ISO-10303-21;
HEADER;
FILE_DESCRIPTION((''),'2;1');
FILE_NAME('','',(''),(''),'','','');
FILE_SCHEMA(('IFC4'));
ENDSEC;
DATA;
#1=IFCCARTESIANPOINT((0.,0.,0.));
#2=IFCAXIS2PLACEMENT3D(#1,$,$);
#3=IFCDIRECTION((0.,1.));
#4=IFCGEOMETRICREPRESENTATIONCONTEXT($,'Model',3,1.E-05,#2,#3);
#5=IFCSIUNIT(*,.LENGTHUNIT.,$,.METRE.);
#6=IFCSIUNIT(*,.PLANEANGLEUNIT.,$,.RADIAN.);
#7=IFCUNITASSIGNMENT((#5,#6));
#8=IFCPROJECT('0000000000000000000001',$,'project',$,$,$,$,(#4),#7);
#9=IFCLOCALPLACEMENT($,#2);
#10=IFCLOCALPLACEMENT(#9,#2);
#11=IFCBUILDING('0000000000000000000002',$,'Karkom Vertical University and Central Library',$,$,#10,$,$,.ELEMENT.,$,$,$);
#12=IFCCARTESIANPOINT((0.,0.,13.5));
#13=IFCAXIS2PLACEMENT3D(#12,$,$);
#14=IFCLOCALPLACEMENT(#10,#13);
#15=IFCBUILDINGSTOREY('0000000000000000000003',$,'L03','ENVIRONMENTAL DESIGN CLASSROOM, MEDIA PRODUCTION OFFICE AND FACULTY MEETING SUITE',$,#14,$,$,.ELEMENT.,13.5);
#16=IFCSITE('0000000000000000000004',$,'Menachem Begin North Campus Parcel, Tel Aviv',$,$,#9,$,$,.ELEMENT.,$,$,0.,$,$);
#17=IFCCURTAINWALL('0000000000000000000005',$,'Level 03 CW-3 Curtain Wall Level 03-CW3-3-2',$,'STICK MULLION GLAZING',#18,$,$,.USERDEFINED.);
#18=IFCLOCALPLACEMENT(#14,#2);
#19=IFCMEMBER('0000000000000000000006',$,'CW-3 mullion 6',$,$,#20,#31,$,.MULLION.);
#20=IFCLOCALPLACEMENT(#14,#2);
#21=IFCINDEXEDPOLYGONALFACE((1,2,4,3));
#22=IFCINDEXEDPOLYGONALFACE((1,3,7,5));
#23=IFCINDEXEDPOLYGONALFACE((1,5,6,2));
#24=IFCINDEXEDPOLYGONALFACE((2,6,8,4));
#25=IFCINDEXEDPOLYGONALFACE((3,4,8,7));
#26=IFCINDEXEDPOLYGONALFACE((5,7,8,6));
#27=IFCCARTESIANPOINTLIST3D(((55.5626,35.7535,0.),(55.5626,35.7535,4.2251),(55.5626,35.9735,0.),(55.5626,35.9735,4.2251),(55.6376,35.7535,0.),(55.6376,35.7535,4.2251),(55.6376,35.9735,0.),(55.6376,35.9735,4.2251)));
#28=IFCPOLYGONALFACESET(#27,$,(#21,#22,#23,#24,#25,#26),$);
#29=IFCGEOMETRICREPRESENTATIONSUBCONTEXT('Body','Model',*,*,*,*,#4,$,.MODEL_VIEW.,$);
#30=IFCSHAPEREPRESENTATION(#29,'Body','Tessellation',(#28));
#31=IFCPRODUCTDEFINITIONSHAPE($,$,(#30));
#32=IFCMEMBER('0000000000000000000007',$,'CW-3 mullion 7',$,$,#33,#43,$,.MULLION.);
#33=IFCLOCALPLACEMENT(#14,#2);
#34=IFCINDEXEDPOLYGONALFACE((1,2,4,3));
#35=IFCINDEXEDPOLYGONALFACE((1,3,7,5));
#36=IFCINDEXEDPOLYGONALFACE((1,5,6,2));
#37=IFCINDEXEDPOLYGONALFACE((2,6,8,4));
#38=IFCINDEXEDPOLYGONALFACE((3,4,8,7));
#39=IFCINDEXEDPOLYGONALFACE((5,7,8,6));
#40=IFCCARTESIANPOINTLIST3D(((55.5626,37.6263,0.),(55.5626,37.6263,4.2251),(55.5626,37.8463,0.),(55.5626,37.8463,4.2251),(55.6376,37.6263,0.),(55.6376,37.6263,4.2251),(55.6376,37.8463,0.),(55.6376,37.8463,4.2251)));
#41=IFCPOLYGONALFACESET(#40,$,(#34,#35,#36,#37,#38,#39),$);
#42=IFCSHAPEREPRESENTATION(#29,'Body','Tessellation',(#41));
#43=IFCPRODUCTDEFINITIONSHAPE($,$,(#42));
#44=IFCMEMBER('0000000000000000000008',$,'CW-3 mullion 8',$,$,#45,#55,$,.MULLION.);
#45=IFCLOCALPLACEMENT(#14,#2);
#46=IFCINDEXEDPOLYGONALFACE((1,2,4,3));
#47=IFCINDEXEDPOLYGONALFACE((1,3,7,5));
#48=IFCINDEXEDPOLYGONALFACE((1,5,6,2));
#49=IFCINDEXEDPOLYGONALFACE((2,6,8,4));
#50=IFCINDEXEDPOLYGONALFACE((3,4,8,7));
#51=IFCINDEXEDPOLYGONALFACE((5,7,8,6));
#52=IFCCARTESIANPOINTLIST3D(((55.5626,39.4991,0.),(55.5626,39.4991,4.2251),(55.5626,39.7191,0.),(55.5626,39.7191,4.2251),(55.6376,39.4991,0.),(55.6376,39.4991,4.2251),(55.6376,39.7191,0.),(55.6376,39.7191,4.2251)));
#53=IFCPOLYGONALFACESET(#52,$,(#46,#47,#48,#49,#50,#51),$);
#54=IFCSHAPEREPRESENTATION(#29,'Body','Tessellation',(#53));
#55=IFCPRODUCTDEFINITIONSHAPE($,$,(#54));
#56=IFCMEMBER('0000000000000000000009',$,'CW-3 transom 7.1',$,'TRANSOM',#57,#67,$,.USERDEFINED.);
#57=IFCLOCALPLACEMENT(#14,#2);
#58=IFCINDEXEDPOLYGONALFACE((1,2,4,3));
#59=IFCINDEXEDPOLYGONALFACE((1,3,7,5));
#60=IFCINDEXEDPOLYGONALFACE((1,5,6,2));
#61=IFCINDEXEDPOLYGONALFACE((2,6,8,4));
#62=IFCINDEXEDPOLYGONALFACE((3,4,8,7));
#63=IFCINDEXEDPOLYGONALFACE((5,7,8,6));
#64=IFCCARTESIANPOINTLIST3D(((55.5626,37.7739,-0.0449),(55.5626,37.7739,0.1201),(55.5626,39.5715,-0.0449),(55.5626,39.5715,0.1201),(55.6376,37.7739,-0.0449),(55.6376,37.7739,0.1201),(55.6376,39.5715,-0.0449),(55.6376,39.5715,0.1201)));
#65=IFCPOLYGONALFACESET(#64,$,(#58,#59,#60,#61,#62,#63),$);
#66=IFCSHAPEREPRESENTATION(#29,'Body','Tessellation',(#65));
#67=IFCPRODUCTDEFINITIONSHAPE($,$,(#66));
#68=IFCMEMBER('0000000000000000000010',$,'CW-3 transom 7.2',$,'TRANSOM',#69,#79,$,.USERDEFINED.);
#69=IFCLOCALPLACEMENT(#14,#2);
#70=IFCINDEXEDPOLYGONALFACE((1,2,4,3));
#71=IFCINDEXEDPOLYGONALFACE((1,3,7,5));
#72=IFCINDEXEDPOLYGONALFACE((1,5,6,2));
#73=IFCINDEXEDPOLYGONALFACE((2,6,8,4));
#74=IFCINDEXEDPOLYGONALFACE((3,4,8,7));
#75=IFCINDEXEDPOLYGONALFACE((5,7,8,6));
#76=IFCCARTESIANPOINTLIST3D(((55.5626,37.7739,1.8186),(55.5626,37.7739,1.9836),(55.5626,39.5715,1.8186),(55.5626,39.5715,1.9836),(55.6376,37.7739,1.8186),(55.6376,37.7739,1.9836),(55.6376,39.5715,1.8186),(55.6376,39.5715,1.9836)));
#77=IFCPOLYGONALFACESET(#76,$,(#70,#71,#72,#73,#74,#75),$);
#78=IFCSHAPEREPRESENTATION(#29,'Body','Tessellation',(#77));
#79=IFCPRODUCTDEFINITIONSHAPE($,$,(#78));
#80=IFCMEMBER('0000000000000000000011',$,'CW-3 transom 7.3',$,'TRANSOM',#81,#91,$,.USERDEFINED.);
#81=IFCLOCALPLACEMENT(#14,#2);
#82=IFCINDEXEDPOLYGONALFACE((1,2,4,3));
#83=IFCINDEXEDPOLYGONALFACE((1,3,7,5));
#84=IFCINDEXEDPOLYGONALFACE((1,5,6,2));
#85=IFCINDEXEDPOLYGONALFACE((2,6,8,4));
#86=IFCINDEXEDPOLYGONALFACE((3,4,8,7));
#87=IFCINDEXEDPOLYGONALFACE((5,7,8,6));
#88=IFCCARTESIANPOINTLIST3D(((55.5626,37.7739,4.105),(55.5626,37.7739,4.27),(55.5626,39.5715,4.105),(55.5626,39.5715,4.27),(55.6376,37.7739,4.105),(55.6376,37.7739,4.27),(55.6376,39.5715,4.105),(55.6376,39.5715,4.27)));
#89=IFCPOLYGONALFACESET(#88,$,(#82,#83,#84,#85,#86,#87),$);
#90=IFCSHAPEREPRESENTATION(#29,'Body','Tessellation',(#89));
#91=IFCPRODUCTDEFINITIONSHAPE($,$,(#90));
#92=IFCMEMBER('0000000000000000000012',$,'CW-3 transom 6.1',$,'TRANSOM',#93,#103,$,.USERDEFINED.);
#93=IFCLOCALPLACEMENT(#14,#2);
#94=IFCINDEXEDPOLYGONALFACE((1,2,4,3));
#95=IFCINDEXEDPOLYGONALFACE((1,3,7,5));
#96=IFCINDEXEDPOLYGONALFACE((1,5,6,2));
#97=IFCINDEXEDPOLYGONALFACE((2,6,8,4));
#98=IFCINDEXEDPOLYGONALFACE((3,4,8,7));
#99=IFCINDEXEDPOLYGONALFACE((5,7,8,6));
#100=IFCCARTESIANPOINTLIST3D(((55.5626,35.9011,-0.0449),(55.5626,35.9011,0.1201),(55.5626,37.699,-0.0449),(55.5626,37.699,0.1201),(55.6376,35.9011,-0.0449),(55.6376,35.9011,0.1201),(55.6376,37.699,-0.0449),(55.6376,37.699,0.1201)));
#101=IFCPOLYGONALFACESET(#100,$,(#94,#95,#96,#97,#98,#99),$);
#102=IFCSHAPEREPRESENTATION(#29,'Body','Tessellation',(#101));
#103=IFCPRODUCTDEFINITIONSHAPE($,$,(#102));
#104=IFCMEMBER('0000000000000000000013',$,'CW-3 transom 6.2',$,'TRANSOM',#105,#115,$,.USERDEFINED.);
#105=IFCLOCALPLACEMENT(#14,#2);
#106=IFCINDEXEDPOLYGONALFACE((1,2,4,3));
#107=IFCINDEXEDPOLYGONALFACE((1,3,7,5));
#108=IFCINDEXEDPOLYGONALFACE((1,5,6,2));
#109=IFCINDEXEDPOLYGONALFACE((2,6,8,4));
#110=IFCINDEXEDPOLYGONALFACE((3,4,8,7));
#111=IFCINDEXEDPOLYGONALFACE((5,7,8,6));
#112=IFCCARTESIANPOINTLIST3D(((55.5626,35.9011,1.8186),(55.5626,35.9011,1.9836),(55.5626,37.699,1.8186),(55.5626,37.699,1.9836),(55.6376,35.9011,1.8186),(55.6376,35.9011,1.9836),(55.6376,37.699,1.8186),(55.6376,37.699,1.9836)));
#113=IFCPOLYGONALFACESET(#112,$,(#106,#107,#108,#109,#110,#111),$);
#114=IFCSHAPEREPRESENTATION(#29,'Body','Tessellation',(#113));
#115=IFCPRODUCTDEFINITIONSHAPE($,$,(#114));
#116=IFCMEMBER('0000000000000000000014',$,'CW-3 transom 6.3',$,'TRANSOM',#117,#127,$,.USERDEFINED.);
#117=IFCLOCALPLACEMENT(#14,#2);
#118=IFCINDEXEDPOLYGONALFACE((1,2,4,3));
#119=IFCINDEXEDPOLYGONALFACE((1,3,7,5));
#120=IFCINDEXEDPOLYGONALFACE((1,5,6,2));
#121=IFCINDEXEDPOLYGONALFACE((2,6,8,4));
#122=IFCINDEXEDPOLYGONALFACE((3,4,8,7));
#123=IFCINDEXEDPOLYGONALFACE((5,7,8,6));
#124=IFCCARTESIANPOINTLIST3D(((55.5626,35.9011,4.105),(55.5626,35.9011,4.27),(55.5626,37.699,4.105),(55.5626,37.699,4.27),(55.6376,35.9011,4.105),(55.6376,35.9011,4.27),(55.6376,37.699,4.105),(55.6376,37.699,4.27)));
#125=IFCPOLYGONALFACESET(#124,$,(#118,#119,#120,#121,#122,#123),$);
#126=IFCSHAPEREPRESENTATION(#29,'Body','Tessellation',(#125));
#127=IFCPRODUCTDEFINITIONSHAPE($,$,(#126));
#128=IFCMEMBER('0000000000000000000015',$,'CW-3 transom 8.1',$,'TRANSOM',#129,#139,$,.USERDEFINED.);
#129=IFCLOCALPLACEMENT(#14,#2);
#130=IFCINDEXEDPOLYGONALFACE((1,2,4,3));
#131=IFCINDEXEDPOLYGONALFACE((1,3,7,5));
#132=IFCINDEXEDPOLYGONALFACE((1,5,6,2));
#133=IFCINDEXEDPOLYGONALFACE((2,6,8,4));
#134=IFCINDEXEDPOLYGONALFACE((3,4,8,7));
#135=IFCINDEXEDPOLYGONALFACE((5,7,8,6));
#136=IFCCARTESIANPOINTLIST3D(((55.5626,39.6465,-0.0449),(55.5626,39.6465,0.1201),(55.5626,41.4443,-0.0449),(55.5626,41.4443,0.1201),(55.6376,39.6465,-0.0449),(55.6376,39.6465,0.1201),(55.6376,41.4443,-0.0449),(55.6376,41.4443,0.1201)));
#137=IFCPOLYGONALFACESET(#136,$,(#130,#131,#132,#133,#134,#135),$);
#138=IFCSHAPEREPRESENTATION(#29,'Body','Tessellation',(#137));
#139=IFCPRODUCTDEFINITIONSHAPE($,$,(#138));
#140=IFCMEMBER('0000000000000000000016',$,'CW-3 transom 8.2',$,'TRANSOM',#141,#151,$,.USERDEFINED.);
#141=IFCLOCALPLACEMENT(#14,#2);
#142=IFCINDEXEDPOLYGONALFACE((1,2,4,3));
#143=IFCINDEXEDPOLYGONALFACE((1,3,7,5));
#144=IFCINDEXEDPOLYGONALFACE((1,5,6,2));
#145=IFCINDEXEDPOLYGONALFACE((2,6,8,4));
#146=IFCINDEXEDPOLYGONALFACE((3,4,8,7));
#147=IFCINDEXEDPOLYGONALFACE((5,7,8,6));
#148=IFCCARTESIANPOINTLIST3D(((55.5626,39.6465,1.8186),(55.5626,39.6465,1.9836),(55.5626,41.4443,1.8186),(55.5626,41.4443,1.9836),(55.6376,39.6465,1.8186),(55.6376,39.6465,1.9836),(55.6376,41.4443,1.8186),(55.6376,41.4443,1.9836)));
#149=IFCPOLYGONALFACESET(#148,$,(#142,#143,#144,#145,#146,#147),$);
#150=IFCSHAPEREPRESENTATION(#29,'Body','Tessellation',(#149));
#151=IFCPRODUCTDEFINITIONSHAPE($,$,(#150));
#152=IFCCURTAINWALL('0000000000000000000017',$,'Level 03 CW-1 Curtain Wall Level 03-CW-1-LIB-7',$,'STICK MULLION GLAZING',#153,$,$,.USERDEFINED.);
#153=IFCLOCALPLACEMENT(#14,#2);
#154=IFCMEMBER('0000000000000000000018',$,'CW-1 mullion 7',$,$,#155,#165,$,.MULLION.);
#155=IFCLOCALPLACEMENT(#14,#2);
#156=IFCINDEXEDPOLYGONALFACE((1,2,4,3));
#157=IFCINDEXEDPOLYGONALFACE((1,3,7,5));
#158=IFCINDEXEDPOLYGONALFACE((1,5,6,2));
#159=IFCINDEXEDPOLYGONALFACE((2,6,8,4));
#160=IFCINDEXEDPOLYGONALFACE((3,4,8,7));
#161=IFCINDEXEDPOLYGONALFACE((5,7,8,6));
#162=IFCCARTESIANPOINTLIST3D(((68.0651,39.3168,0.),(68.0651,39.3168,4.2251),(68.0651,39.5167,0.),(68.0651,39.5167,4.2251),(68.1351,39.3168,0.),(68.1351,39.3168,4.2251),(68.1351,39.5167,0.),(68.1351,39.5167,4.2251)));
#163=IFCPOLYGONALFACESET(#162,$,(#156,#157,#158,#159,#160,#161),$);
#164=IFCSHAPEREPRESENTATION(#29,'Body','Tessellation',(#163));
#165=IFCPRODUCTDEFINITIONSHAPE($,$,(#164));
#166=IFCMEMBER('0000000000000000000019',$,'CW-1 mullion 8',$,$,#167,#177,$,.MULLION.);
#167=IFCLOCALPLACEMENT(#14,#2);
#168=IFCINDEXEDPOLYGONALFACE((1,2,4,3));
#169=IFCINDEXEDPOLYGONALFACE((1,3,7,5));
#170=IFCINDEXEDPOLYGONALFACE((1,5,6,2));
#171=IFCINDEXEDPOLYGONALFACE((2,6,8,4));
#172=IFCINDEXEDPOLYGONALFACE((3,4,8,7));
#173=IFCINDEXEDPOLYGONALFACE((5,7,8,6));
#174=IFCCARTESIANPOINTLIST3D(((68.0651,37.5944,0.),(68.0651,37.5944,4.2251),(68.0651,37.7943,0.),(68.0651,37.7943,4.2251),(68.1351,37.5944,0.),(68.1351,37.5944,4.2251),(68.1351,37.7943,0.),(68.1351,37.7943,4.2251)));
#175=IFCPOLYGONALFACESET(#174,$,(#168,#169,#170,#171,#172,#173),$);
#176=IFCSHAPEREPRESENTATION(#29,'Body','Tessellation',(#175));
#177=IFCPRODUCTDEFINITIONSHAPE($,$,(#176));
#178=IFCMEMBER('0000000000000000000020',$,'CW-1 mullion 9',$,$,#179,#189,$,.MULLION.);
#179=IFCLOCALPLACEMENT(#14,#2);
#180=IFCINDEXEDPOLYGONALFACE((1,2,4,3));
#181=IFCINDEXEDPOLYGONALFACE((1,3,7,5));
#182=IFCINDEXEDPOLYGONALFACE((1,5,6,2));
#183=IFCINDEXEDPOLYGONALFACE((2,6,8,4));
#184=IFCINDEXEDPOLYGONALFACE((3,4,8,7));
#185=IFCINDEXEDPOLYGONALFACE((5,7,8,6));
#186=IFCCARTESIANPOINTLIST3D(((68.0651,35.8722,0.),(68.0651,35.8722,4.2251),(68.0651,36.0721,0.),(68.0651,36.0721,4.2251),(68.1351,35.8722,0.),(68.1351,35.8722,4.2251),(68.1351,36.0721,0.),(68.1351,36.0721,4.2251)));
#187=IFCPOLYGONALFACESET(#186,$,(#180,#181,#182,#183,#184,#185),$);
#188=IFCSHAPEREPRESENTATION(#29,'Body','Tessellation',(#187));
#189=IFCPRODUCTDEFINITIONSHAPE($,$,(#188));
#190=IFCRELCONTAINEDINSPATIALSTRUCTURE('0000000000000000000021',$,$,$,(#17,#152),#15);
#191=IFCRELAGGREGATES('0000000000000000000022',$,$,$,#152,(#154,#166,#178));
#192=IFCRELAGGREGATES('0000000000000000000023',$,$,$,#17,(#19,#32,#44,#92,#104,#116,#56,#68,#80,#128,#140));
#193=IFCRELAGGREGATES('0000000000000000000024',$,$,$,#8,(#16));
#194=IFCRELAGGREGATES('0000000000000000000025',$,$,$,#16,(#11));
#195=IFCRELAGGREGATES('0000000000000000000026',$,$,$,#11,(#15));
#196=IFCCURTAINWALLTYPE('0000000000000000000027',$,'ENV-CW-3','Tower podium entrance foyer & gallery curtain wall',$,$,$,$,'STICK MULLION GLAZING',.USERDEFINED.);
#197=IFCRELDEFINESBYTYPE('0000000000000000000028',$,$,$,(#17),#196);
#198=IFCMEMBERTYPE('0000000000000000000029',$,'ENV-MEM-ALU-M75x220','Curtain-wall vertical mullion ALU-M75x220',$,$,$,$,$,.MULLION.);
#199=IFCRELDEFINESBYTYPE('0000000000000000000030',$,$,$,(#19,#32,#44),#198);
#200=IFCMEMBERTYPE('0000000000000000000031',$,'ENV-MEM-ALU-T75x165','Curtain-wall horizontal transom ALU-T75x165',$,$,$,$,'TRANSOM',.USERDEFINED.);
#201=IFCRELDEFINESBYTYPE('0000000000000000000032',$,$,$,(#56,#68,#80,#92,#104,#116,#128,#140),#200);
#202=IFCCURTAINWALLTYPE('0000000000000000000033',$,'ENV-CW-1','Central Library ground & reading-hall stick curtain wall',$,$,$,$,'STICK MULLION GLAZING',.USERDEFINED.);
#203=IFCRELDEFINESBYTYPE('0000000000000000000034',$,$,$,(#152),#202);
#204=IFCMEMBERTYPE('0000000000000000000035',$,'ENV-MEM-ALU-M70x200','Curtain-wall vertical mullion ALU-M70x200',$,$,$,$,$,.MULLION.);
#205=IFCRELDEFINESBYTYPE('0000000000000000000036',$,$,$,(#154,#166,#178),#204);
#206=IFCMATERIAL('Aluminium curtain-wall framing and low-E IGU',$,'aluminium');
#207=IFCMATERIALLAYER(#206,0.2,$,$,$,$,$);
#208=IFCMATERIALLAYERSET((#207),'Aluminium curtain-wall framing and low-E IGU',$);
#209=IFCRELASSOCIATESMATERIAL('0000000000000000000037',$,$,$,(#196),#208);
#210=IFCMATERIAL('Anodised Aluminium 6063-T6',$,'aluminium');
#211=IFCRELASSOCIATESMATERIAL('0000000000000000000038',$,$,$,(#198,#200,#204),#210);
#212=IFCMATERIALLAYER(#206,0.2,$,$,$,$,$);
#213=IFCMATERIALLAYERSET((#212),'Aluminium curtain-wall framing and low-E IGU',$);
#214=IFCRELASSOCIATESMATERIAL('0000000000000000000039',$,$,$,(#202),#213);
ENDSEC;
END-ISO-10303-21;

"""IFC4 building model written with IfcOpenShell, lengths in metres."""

from ifc_helpers import new_model, si_unit, direction, frame, origin, origin_with_axes, origin_2d, place, context, subcontext, project, spatial, rectangle, extrude, source, transform, mapped, material, layer, layer_set, material_profile, profile_set, type_object, element, aggregate, save


model = new_model("IFC4")

# Units and contexts
model_context = context("Model", 3, precision=1e-05, world=origin(), true_north=direction((0.0, 1.0)))
body_context = subcontext(model_context, "Body", "Model", "MODEL_VIEW")
ifc_project = project(units=[si_unit("LENGTHUNIT", "METRE"), si_unit("PLANEANGLEUNIT", "RADIAN")], contexts=[model_context])

# Site, building, storey
site_placement = place(None, origin())
site = spatial("IfcSite", under=ifc_project, at=site_placement, Name="Menachem Begin North Campus Parcel, Tel Aviv", CompositionType="ELEMENT", RefElevation=0.0)
building_placement = place(site_placement, origin())
building = spatial("IfcBuilding", under=site, at=building_placement, Name="Karkom Vertical University and Central Library", CompositionType="ELEMENT")
storey_placement = place(building_placement, frame((0.0, 0.0, 13.5)))
storey = spatial("IfcBuildingStorey", under=building, at=storey_placement, Name="L03", Description="ENVIRONMENTAL DESIGN CLASSROOM, MEDIA PRODUCTION OFFICE AND FACULTY MEETING SUITE", CompositionType="ELEMENT", Elevation=13.5)

# Curtain walls, members
ifc_material_1 = material(Name="Aluminium curtain-wall framing and low-E IGU", Category="aluminium")
ifc_layer_1 = layer(ifc_material_1, 0.2)
ifc_layer_set_1 = layer_set([ifc_layer_1], Name="Aluminium curtain-wall framing and low-E IGU")
curtain_wall_type_1 = type_object("IfcCurtainWallType", Name="ENV-CW-3", Description="Tower podium entrance foyer & gallery curtain wall", ElementType="STICK MULLION GLAZING", PredefinedType="USERDEFINED", material=ifc_layer_set_1)
curtain_wall_1_placement = place(storey_placement, origin())
curtain_wall_1 = element("IfcCurtainWall", 1, at=curtain_wall_1_placement, inside=storey, type_object=curtain_wall_type_1, Name="Level 03 CW-3 Curtain Wall Level 03-CW3-3-2", ObjectType="STICK MULLION GLAZING", PredefinedType="USERDEFINED")
ifc_material_2 = material(Name="Anodised Aluminium 6063-T6", Category="aluminium")
ifc_material_profile_1 = material_profile(ifc_material_2, rectangle(XDim=0.075, YDim=0.22, at=origin_2d()), Name="ALU-M75x220")
ifc_profile_set_1 = profile_set([ifc_material_profile_1], Name="Anodised Aluminium 6063-T6")
member_type_1 = type_object("IfcMemberType", Name="ENV-MEM-ALU-M75x220", Description="Curtain-wall vertical mullion ALU-M75x220", PredefinedType="MULLION", material=ifc_profile_set_1)
shared_shape_1 = source(origin_with_axes(), body_context, "Body", "SweptSolid", [
    extrude(rectangle(XDim=0.075, YDim=0.22, at=origin_2d()), origin(), (0.0, 0.0, 1.0), 4.2251),
])
member_1_placement = place(storey_placement, frame((55.6001, 35.8635, 0.0), z_axis=(0.0, 0.0, 1.0), x_axis=(-1.0, 0.0, 0.0)))
member_1 = element("IfcMember", 2, at=member_1_placement, type_object=member_type_1, Name="CW-3 mullion 6", PredefinedType="MULLION", context=body_context, shape_type="MappedRepresentation", body=[
    mapped(shared_shape_1, transform((0.0, 0.0, 0.0), scale=1.0)),
])
member_2_placement = place(storey_placement, frame((55.6001, 37.7363, 0.0), z_axis=(0.0, 0.0, 1.0), x_axis=(-1.0, 0.0, 0.0)))
member_2 = element("IfcMember", 3, at=member_2_placement, type_object=member_type_1, Name="CW-3 mullion 7", PredefinedType="MULLION", context=body_context, shape_type="MappedRepresentation", body=[
    mapped(shared_shape_1, transform((0.0, 0.0, 0.0), scale=1.0)),
])
member_3_placement = place(storey_placement, frame((55.6001, 39.6091, 0.0), z_axis=(0.0, 0.0, 1.0), x_axis=(-1.0, 0.0, 0.0)))
member_3 = element("IfcMember", 4, at=member_3_placement, type_object=member_type_1, Name="CW-3 mullion 8", PredefinedType="MULLION", context=body_context, shape_type="MappedRepresentation", body=[
    mapped(shared_shape_1, transform((0.0, 0.0, 0.0), scale=1.0)),
])
ifc_material_profile_2 = material_profile(ifc_material_2, rectangle(XDim=0.075, YDim=0.165, at=origin_2d()), Name="ALU-T75x165")
ifc_profile_set_2 = profile_set([ifc_material_profile_2], Name="Anodised Aluminium 6063-T6")
member_type_2 = type_object("IfcMemberType", Name="ENV-MEM-ALU-T75x165", Description="Curtain-wall horizontal transom ALU-T75x165", ElementType="TRANSOM", PredefinedType="USERDEFINED", material=ifc_profile_set_2)
shared_shape_2 = source(origin_with_axes(), body_context, "Body", "SweptSolid", [
    extrude(rectangle(XDim=0.075, YDim=0.165, at=origin_2d()), origin(), (0.0, 0.0, 1.0), 1.7976),
])
member_4_placement = place(storey_placement, frame((55.6001, 37.7739, 0.0376), z_axis=(0.0, 1.0, 0.0), x_axis=(-1.0, 0.0, 0.0)))
member_4 = element("IfcMember", 5, at=member_4_placement, type_object=member_type_2, Name="CW-3 transom 7.1", ObjectType="TRANSOM", PredefinedType="USERDEFINED", context=body_context, shape_type="MappedRepresentation", body=[
    mapped(shared_shape_2, transform((0.0, 0.0, 0.0), scale=1.0)),
])
member_5_placement = place(storey_placement, frame((55.6001, 37.7739, 1.9011), z_axis=(0.0, 1.0, 0.0), x_axis=(-1.0, 0.0, 0.0)))
member_5 = element("IfcMember", 6, at=member_5_placement, type_object=member_type_2, Name="CW-3 transom 7.2", ObjectType="TRANSOM", PredefinedType="USERDEFINED", context=body_context, shape_type="MappedRepresentation", body=[
    mapped(shared_shape_2, transform((0.0, 0.0, 0.0), scale=1.0)),
])
member_6_placement = place(storey_placement, frame((55.6001, 37.7739, 4.1875), z_axis=(0.0, 1.0, 0.0), x_axis=(-1.0, 0.0, 0.0)))
member_6 = element("IfcMember", 7, at=member_6_placement, type_object=member_type_2, Name="CW-3 transom 7.3", ObjectType="TRANSOM", PredefinedType="USERDEFINED", context=body_context, shape_type="MappedRepresentation", body=[
    mapped(shared_shape_2, transform((0.0, 0.0, 0.0), scale=1.0)),
])
shared_shape_3 = source(origin_with_axes(), body_context, "Body", "SweptSolid", [
    extrude(rectangle(XDim=0.075, YDim=0.165, at=origin_2d()), origin(), (0.0, 0.0, 1.0), 1.7979),
])
member_7_placement = place(storey_placement, frame((55.6001, 35.9011, 0.0376), z_axis=(0.0, 1.0, 0.0), x_axis=(-1.0, 0.0, 0.0)))
member_7 = element("IfcMember", 8, at=member_7_placement, type_object=member_type_2, Name="CW-3 transom 6.1", ObjectType="TRANSOM", PredefinedType="USERDEFINED", context=body_context, shape_type="MappedRepresentation", body=[
    mapped(shared_shape_3, transform((0.0, 0.0, 0.0), scale=1.0)),
])
member_8_placement = place(storey_placement, frame((55.6001, 35.9011, 1.9011), z_axis=(0.0, 1.0, 0.0), x_axis=(-1.0, 0.0, 0.0)))
member_8 = element("IfcMember", 9, at=member_8_placement, type_object=member_type_2, Name="CW-3 transom 6.2", ObjectType="TRANSOM", PredefinedType="USERDEFINED", context=body_context, shape_type="MappedRepresentation", body=[
    mapped(shared_shape_3, transform((0.0, 0.0, 0.0), scale=1.0)),
])
member_9_placement = place(storey_placement, frame((55.6001, 35.9011, 4.1875), z_axis=(0.0, 1.0, 0.0), x_axis=(-1.0, 0.0, 0.0)))
member_9 = element("IfcMember", 10, at=member_9_placement, type_object=member_type_2, Name="CW-3 transom 6.3", ObjectType="TRANSOM", PredefinedType="USERDEFINED", context=body_context, shape_type="MappedRepresentation", body=[
    mapped(shared_shape_3, transform((0.0, 0.0, 0.0), scale=1.0)),
])
member_10_placement = place(storey_placement, frame((55.6001, 39.6465, 0.0376), z_axis=(0.0, 1.0, 0.0), x_axis=(-1.0, 0.0, 0.0)))
member_10 = element("IfcMember", 11, at=member_10_placement, type_object=member_type_2, Name="CW-3 transom 8.1", ObjectType="TRANSOM", PredefinedType="USERDEFINED", context=body_context, shape_type="MappedRepresentation", body=[
    mapped(shared_shape_3, transform((0.0, 0.0, 0.0), scale=1.0)),
])
member_11_placement = place(storey_placement, frame((55.6001, 39.6465, 1.9011), z_axis=(0.0, 1.0, 0.0), x_axis=(-1.0, 0.0, 0.0)))
member_11 = element("IfcMember", 12, at=member_11_placement, type_object=member_type_2, Name="CW-3 transom 8.2", ObjectType="TRANSOM", PredefinedType="USERDEFINED", context=body_context, shape_type="MappedRepresentation", body=[
    mapped(shared_shape_3, transform((0.0, 0.0, 0.0), scale=1.0)),
])
ifc_layer_2 = layer(ifc_material_1, 0.2)
ifc_layer_set_2 = layer_set([ifc_layer_2], Name="Aluminium curtain-wall framing and low-E IGU")
curtain_wall_type_2 = type_object("IfcCurtainWallType", Name="ENV-CW-1", Description="Central Library ground & reading-hall stick curtain wall", ElementType="STICK MULLION GLAZING", PredefinedType="USERDEFINED", material=ifc_layer_set_2)
curtain_wall_2_placement = place(storey_placement, origin())
curtain_wall_2 = element("IfcCurtainWall", 13, at=curtain_wall_2_placement, inside=storey, type_object=curtain_wall_type_2, Name="Level 03 CW-1 Curtain Wall Level 03-CW-1-LIB-7", ObjectType="STICK MULLION GLAZING", PredefinedType="USERDEFINED")
ifc_material_profile_3 = material_profile(ifc_material_2, rectangle(XDim=0.0701, YDim=0.2, at=origin_2d()), Name="ALU-M70x200")
ifc_profile_set_3 = profile_set([ifc_material_profile_3], Name="Anodised Aluminium 6063-T6")
member_type_3 = type_object("IfcMemberType", Name="ENV-MEM-ALU-M70x200", Description="Curtain-wall vertical mullion ALU-M70x200", PredefinedType="MULLION", material=ifc_profile_set_3)
shared_shape_4 = source(origin_with_axes(), body_context, "Body", "SweptSolid", [
    extrude(rectangle(XDim=0.0701, YDim=0.2, at=origin_2d()), origin(), (0.0, 0.0, 1.0), 4.2251),
])
member_12_placement = place(storey_placement, frame((68.1001, 39.4167, 0.0), z_axis=(0.0, 0.0, 1.0), x_axis=(1.0, 0.0, 0.0)))
member_12 = element("IfcMember", 14, at=member_12_placement, type_object=member_type_3, Name="CW-1 mullion 7", PredefinedType="MULLION", context=body_context, shape_type="MappedRepresentation", body=[
    mapped(shared_shape_4, transform((0.0, 0.0, 0.0), scale=1.0)),
])
member_13_placement = place(storey_placement, frame((68.1001, 37.6943, 0.0), z_axis=(0.0, 0.0, 1.0), x_axis=(1.0, 0.0, 0.0)))
member_13 = element("IfcMember", 15, at=member_13_placement, type_object=member_type_3, Name="CW-1 mullion 8", PredefinedType="MULLION", context=body_context, shape_type="MappedRepresentation", body=[
    mapped(shared_shape_4, transform((0.0, 0.0, 0.0), scale=1.0)),
])
member_14_placement = place(storey_placement, frame((68.1001, 35.9722, 0.0), z_axis=(0.0, 0.0, 1.0), x_axis=(1.0, 0.0, 0.0)))
member_14 = element("IfcMember", 16, at=member_14_placement, type_object=member_type_3, Name="CW-1 mullion 9", PredefinedType="MULLION", context=body_context, shape_type="MappedRepresentation", body=[
    mapped(shared_shape_4, transform((0.0, 0.0, 0.0), scale=1.0)),
])
aggregate(curtain_wall_2, [member_12, member_13, member_14])

aggregate(curtain_wall_1, [member_1, member_2, member_3, member_7, member_8, member_9, member_4, member_5, member_6, member_10, member_11])

save(model, "model.ifc")
